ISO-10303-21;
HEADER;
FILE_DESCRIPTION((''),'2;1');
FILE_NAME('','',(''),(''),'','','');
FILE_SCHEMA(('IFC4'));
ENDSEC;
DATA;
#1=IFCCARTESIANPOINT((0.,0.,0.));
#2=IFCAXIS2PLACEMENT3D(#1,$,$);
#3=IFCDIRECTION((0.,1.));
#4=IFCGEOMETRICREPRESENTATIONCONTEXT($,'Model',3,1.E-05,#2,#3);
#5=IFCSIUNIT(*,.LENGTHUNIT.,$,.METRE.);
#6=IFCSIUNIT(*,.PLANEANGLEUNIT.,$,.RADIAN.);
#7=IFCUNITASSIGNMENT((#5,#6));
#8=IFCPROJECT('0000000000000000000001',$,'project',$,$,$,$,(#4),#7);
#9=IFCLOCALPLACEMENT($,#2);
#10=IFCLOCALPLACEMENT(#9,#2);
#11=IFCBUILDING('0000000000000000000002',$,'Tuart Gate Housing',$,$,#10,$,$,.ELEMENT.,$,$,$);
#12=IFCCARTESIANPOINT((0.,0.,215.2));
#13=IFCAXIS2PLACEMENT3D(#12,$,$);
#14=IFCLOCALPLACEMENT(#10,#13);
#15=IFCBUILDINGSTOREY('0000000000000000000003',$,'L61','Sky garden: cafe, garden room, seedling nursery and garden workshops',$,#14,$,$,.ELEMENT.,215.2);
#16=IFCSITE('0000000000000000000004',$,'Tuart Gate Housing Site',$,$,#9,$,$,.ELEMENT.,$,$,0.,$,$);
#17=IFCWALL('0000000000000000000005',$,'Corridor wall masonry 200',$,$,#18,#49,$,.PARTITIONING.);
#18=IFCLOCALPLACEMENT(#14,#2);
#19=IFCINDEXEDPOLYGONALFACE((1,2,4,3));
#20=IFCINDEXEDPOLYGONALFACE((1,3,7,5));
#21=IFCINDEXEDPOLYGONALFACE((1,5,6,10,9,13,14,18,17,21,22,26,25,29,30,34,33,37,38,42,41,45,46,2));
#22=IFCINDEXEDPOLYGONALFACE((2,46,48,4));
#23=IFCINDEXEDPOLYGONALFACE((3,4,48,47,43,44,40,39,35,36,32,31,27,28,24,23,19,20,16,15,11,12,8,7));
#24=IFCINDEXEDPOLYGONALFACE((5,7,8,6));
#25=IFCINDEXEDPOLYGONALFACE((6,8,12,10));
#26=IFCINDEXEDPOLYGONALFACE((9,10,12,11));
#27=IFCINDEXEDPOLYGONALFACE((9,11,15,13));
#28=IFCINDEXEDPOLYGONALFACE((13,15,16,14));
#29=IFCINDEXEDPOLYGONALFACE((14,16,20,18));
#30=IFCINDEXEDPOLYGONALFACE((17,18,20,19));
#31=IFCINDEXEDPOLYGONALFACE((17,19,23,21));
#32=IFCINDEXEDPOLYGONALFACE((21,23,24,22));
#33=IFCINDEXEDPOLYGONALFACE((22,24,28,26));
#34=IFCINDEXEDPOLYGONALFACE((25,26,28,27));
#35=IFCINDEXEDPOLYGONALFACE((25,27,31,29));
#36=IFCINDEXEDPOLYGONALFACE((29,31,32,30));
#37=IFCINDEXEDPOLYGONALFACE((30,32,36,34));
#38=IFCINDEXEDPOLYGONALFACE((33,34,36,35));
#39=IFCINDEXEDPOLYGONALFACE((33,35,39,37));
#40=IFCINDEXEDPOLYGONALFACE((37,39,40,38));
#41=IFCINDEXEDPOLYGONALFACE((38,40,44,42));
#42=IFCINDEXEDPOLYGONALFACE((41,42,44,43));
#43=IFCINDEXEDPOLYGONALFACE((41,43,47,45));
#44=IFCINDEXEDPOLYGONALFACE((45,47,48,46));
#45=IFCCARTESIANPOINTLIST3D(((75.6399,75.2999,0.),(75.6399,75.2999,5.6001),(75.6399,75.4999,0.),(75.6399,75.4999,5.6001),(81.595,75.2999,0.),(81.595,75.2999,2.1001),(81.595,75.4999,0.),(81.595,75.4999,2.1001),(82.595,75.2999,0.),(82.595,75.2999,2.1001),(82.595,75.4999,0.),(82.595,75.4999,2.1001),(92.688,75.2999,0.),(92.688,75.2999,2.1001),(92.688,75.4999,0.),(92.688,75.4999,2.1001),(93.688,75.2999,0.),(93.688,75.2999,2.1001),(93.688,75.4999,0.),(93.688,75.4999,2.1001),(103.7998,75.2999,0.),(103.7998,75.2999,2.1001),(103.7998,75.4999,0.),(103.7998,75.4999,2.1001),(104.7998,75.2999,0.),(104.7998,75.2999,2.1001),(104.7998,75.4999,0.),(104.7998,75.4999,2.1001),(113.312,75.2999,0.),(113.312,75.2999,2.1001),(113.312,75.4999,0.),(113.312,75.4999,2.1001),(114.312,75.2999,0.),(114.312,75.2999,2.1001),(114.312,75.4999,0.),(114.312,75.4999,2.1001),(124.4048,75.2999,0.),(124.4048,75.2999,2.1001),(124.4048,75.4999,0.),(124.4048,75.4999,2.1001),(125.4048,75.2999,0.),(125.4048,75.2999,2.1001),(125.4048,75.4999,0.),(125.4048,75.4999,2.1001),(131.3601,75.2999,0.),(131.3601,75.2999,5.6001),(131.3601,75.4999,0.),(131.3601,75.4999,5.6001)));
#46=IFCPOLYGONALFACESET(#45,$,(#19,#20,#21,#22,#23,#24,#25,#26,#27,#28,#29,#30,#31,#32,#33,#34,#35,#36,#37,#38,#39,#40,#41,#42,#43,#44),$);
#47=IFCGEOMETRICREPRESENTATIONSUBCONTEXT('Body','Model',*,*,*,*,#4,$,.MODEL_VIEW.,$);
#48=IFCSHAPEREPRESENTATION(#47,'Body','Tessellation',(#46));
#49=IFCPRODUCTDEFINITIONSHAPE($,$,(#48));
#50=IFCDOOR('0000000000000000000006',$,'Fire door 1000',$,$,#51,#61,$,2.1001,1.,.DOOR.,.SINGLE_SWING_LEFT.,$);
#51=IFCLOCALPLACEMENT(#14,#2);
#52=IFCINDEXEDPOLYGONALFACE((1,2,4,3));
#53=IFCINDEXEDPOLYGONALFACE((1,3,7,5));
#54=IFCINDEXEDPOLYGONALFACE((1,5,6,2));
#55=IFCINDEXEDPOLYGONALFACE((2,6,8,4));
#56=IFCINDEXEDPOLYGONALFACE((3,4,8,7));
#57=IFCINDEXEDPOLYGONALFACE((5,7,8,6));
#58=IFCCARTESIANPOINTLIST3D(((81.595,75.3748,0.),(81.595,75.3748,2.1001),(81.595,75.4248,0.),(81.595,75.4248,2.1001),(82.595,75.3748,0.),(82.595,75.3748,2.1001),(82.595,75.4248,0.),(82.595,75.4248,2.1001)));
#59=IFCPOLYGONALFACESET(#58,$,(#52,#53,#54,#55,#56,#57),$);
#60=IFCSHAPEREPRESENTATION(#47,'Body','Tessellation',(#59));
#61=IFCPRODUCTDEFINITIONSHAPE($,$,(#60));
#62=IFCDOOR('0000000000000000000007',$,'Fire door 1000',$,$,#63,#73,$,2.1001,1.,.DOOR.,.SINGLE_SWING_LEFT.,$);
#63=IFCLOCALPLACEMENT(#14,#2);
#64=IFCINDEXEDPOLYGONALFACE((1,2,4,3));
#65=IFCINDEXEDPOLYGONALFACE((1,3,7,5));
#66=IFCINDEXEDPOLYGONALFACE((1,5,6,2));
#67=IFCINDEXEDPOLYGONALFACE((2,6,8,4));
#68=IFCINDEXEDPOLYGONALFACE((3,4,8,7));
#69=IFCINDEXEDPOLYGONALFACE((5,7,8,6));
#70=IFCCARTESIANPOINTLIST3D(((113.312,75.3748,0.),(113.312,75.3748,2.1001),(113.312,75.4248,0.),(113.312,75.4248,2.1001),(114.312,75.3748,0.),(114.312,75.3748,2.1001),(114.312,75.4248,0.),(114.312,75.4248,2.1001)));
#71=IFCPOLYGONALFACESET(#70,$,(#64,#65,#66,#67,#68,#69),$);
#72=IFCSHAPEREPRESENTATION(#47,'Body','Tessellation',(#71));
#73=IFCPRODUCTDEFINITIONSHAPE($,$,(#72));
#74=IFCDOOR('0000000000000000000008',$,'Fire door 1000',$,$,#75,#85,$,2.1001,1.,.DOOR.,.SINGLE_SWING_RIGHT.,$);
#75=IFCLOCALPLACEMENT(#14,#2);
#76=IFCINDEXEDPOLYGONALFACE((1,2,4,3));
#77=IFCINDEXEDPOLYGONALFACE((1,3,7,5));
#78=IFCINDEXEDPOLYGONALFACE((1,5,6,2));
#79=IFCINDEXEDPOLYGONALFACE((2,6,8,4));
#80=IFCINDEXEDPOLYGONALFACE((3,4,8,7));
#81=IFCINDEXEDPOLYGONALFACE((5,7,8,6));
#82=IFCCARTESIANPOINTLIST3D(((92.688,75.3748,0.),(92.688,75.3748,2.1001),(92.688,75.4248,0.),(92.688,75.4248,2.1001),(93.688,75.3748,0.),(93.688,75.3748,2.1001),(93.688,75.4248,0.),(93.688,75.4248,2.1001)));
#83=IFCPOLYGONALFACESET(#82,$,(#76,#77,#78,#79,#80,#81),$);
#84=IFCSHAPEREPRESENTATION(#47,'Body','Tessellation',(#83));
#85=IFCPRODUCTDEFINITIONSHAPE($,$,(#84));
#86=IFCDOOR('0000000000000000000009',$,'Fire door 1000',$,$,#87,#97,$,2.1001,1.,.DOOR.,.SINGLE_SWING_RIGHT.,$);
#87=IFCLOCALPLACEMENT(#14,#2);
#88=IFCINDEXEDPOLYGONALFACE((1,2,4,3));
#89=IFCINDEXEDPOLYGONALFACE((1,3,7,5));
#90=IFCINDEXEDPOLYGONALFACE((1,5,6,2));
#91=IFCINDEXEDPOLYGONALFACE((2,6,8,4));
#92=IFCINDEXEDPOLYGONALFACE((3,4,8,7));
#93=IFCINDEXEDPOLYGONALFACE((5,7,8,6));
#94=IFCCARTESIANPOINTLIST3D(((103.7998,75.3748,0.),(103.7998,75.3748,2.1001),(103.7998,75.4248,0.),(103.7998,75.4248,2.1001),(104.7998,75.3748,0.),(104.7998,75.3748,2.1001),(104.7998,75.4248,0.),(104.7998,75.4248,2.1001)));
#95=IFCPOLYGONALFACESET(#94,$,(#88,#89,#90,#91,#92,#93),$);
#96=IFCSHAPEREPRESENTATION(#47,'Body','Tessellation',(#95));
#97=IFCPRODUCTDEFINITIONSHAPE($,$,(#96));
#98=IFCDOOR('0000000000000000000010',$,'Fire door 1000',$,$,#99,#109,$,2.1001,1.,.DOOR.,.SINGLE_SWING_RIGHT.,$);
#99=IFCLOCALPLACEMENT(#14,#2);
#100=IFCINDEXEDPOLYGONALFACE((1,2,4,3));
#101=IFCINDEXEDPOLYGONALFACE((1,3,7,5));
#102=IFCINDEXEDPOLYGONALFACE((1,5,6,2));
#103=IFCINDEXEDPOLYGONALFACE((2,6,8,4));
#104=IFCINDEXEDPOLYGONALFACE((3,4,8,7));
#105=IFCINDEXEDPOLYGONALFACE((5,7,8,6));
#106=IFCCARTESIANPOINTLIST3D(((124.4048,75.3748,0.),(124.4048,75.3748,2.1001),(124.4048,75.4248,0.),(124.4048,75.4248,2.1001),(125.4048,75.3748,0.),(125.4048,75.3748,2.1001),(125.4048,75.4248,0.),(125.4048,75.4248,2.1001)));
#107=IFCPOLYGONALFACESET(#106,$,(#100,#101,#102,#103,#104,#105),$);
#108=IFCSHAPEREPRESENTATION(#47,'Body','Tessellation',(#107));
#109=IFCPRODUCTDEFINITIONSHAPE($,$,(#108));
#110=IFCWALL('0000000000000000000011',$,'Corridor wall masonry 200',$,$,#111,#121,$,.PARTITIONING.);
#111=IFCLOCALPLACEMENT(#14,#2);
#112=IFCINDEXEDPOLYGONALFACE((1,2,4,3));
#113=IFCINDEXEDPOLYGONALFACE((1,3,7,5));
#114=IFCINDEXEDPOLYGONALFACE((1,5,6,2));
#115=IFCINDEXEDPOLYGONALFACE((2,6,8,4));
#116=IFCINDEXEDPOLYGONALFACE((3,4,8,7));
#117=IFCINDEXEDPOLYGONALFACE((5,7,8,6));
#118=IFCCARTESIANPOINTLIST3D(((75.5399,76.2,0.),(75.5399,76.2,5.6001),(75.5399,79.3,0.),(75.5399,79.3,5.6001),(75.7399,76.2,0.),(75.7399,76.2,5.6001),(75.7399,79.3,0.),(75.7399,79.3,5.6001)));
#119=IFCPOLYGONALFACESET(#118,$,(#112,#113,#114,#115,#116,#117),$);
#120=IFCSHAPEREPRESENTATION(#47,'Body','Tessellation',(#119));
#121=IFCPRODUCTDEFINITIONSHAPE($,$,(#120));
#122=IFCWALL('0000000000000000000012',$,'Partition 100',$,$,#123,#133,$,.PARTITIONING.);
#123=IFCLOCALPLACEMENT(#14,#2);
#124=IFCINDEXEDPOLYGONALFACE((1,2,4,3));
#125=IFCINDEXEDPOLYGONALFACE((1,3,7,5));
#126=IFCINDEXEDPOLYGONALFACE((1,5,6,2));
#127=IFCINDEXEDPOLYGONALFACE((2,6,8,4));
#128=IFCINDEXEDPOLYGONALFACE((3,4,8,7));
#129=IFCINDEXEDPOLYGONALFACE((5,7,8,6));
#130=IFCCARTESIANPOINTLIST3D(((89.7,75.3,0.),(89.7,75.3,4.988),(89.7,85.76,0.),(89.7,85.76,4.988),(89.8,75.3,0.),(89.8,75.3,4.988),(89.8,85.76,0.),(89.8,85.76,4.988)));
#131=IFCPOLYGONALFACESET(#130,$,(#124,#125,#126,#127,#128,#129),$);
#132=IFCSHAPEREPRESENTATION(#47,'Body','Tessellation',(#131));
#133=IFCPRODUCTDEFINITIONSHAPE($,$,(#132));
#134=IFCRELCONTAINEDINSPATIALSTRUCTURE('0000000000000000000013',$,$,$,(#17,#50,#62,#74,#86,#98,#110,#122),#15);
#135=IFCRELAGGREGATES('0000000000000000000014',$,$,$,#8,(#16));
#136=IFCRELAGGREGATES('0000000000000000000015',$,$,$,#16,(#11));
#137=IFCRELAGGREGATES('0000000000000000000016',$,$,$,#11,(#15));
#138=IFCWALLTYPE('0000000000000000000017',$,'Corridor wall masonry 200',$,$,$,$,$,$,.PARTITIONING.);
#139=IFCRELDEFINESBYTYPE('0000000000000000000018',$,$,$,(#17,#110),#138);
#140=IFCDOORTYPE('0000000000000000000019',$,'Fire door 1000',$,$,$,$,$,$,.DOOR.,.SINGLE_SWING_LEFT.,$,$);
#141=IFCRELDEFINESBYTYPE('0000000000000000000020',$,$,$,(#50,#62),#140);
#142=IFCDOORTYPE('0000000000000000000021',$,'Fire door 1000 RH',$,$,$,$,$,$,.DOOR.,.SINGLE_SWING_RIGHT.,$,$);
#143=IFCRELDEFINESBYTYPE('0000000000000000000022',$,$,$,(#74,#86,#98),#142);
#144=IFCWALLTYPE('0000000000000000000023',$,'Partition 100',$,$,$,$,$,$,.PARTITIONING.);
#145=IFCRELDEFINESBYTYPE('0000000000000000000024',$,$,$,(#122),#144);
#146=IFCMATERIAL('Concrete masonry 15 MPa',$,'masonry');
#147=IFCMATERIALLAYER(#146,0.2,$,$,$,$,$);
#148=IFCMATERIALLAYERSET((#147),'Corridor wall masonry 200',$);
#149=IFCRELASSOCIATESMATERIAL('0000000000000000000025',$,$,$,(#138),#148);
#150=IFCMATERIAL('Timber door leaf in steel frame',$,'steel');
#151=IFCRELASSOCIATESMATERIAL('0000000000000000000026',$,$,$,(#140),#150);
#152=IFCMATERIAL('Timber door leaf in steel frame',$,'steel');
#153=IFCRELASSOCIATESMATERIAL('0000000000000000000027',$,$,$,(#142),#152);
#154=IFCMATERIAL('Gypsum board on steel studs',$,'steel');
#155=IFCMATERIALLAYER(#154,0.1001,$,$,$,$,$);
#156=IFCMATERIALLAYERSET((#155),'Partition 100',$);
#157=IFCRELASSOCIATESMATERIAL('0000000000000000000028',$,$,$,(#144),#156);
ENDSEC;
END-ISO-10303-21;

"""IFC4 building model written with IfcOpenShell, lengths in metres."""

from ifc_helpers import new_model, si_unit, direction, frame, frame_2d, origin, place, context, subcontext, project, spatial, rectangle, extrude, material, layer, layer_set, type_object, element, fill, save


model = new_model("IFC4")

# Units and contexts
model_context = context("Model", 3, precision=1e-05, world=origin(), true_north=direction((0.0, 1.0)))
body_context = subcontext(model_context, "Body", "Model", "MODEL_VIEW")
ifc_project = project(units=[si_unit("LENGTHUNIT", "METRE"), si_unit("PLANEANGLEUNIT", "RADIAN")], contexts=[model_context])

# Site, building, storey
site_placement = place(None, origin())
site = spatial("IfcSite", under=ifc_project, at=site_placement, Name="Tuart Gate Housing Site", CompositionType="ELEMENT", RefElevation=0.0)
building_placement = place(site_placement, origin())
building = spatial("IfcBuilding", under=site, at=building_placement, Name="Tuart Gate Housing", CompositionType="ELEMENT")
storey_placement = place(building_placement, frame((0.0, 0.0, 215.2)))
storey = spatial("IfcBuildingStorey", under=building, at=storey_placement, Name="L61", Description="Sky garden: cafe, garden room, seedling nursery and garden workshops", CompositionType="ELEMENT", Elevation=215.2)

# Shared definitions
ifc_material_1 = material(Name="Concrete masonry 15 MPa", Category="masonry")
ifc_layer_1 = layer(ifc_material_1, 0.2)
ifc_layer_set_1 = layer_set([ifc_layer_1], Name="Corridor wall masonry 200")
wall_type_1 = type_object("IfcWallType", Name="Corridor wall masonry 200", PredefinedType="PARTITIONING", material=ifc_layer_set_1)

# Wall, openings, doors
wall_1_placement = place(storey_placement, frame((75.6399, 75.3999, 0.0), z_axis=(0.0, 0.0, 1.0), x_axis=(1.0, 0.0, 0.0)))
wall_1 = element("IfcWall", 1, at=wall_1_placement, inside=storey, type_object=wall_type_1, Name="Corridor wall masonry 200", PredefinedType="PARTITIONING", context=body_context, shape_type="SweptSolid", body=[
    extrude(rectangle(XDim=55.7202, YDim=0.2, at=frame_2d((27.8601, 0.0))), origin(), (0.0, 0.0, 1.0), 5.6001),
])
opening_1_placement = place(wall_1_placement, frame((5.9551, 0.0, 0.0)))
opening_1 = element("IfcOpeningElement", 2, at=opening_1_placement, cuts=wall_1, PredefinedType="OPENING", context=body_context, shape_type="SweptSolid", body=[
    extrude(rectangle(XDim=1.0, YDim=2.1001, at=frame_2d((0.5, 1.05))), frame((0.0, 0.1099, 0.0), z_axis=(0.0, -1.0, 0.0), x_axis=(1.0, 0.0, 0.0)), (0.0, 0.0, 1.0), 0.22),
])
opening_2_placement = place(wall_1_placement, frame((17.0481, 0.0, 0.0)))
opening_2 = element("IfcOpeningElement", 3, at=opening_2_placement, cuts=wall_1, PredefinedType="OPENING", context=body_context, shape_type="SweptSolid", body=[
    extrude(rectangle(XDim=1.0, YDim=2.1001, at=frame_2d((0.5, 1.05))), frame((0.0, 0.1099, 0.0), z_axis=(0.0, -1.0, 0.0), x_axis=(1.0, 0.0, 0.0)), (0.0, 0.0, 1.0), 0.22),
])
opening_3_placement = place(wall_1_placement, frame((28.1599, 0.0, 0.0)))
opening_3 = element("IfcOpeningElement", 4, at=opening_3_placement, cuts=wall_1, PredefinedType="OPENING", context=body_context, shape_type="SweptSolid", body=[
    extrude(rectangle(XDim=1.0, YDim=2.1001, at=frame_2d((0.5, 1.05))), frame((0.0, 0.1099, 0.0), z_axis=(0.0, -1.0, 0.0), x_axis=(1.0, 0.0, 0.0)), (0.0, 0.0, 1.0), 0.22),
])
opening_4_placement = place(wall_1_placement, frame((37.6721, 0.0, 0.0)))
opening_4 = element("IfcOpeningElement", 5, at=opening_4_placement, cuts=wall_1, PredefinedType="OPENING", context=body_context, shape_type="SweptSolid", body=[
    extrude(rectangle(XDim=1.0, YDim=2.1001, at=frame_2d((0.5, 1.05))), frame((0.0, 0.1099, 0.0), z_axis=(0.0, -1.0, 0.0), x_axis=(1.0, 0.0, 0.0)), (0.0, 0.0, 1.0), 0.22),
])
opening_5_placement = place(wall_1_placement, frame((48.7649, 0.0, 0.0)))
opening_5 = element("IfcOpeningElement", 6, at=opening_5_placement, cuts=wall_1, PredefinedType="OPENING", context=body_context, shape_type="SweptSolid", body=[
    extrude(rectangle(XDim=1.0, YDim=2.1001, at=frame_2d((0.5, 1.05))), frame((0.0, 0.1099, 0.0), z_axis=(0.0, -1.0, 0.0), x_axis=(1.0, 0.0, 0.0)), (0.0, 0.0, 1.0), 0.22),
])
ifc_material_2 = material(Name="Timber door leaf in steel frame", Category="steel")
door_type_1 = type_object("IfcDoorType", Name="Fire door 1000", OperationType="SINGLE_SWING_LEFT", PredefinedType="DOOR", material=ifc_material_2)
door_1_placement = place(opening_1_placement, origin())
door_1 = element("IfcDoor", 7, at=door_1_placement, inside=storey, type_object=door_type_1, Name="Fire door 1000", OperationType="SINGLE_SWING_LEFT", OverallHeight=2.1001, OverallWidth=1.0, PredefinedType="DOOR", context=body_context, shape_type="SweptSolid", body=[
    extrude(rectangle(XDim=1.0, YDim=2.1001, at=frame_2d((0.5, 1.05))), frame((0.0, 0.0249, 0.0), z_axis=(0.0, -1.0, 0.0), x_axis=(1.0, 0.0, 0.0)), (0.0, 0.0, 1.0), 0.05),
])
fill(opening_1, door_1)
door_2_placement = place(opening_4_placement, origin())
door_2 = element("IfcDoor", 8, at=door_2_placement, inside=storey, type_object=door_type_1, Name="Fire door 1000", OperationType="SINGLE_SWING_LEFT", OverallHeight=2.1001, OverallWidth=1.0, PredefinedType="DOOR", context=body_context, shape_type="SweptSolid", body=[
    extrude(rectangle(XDim=1.0, YDim=2.1001, at=frame_2d((0.5, 1.05))), frame((0.0, 0.0249, 0.0), z_axis=(0.0, -1.0, 0.0), x_axis=(1.0, 0.0, 0.0)), (0.0, 0.0, 1.0), 0.05),
])
fill(opening_4, door_2)
ifc_material_3 = material(Name="Timber door leaf in steel frame", Category="steel")
door_type_2 = type_object("IfcDoorType", Name="Fire door 1000 RH", OperationType="SINGLE_SWING_RIGHT", PredefinedType="DOOR", material=ifc_material_3)
door_3_placement = place(opening_2_placement, origin())
door_3 = element("IfcDoor", 9, at=door_3_placement, inside=storey, type_object=door_type_2, Name="Fire door 1000", OperationType="SINGLE_SWING_RIGHT", OverallHeight=2.1001, OverallWidth=1.0, PredefinedType="DOOR", context=body_context, shape_type="SweptSolid", body=[
    extrude(rectangle(XDim=1.0, YDim=2.1001, at=frame_2d((0.5, 1.05))), frame((0.0, 0.0249, 0.0), z_axis=(0.0, -1.0, 0.0), x_axis=(1.0, 0.0, 0.0)), (0.0, 0.0, 1.0), 0.05),
])
fill(opening_2, door_3)
door_4_placement = place(opening_3_placement, origin())
door_4 = element("IfcDoor", 10, at=door_4_placement, inside=storey, type_object=door_type_2, Name="Fire door 1000", OperationType="SINGLE_SWING_RIGHT", OverallHeight=2.1001, OverallWidth=1.0, PredefinedType="DOOR", context=body_context, shape_type="SweptSolid", body=[
    extrude(rectangle(XDim=1.0, YDim=2.1001, at=frame_2d((0.5, 1.05))), frame((0.0, 0.0249, 0.0), z_axis=(0.0, -1.0, 0.0), x_axis=(1.0, 0.0, 0.0)), (0.0, 0.0, 1.0), 0.05),
])
fill(opening_3, door_4)
door_5_placement = place(opening_5_placement, origin())
door_5 = element("IfcDoor", 11, at=door_5_placement, inside=storey, type_object=door_type_2, Name="Fire door 1000", OperationType="SINGLE_SWING_RIGHT", OverallHeight=2.1001, OverallWidth=1.0, PredefinedType="DOOR", context=body_context, shape_type="SweptSolid", body=[
    extrude(rectangle(XDim=1.0, YDim=2.1001, at=frame_2d((0.5, 1.05))), frame((0.0, 0.0249, 0.0), z_axis=(0.0, -1.0, 0.0), x_axis=(1.0, 0.0, 0.0)), (0.0, 0.0, 1.0), 0.05),
])
fill(opening_5, door_5)

# Walls
wall_2_placement = place(storey_placement, frame((75.6399, 76.2, 0.0), z_axis=(0.0, 0.0, 1.0), x_axis=(0.0, 1.0, 0.0)))
element("IfcWall", 12, at=wall_2_placement, inside=storey, type_object=wall_type_1, Name="Corridor wall masonry 200", PredefinedType="PARTITIONING", context=body_context, shape_type="SweptSolid", body=[
    extrude(rectangle(XDim=3.1001, YDim=0.2, at=frame_2d((1.55, 0.0))), origin(), (0.0, 0.0, 1.0), 5.6001),
])
ifc_material_4 = material(Name="Gypsum board on steel studs", Category="steel")
ifc_layer_2 = layer(ifc_material_4, 0.1001)
ifc_layer_set_2 = layer_set([ifc_layer_2], Name="Partition 100")
wall_type_2 = type_object("IfcWallType", Name="Partition 100", PredefinedType="PARTITIONING", material=ifc_layer_set_2)
wall_3_placement = place(storey_placement, frame((89.75, 75.3, 0.0), z_axis=(0.0, 0.0, 1.0), x_axis=(0.0, 1.0, 0.0)))
element("IfcWall", 13, at=wall_3_placement, inside=storey, type_object=wall_type_2, Name="Partition 100", PredefinedType="PARTITIONING", context=body_context, shape_type="SweptSolid", body=[
    extrude(rectangle(XDim=10.46, YDim=0.1001, at=frame_2d((5.23, 0.0))), origin(), (0.0, 0.0, 1.0), 4.988),
])

save(model, "model.ifc")
